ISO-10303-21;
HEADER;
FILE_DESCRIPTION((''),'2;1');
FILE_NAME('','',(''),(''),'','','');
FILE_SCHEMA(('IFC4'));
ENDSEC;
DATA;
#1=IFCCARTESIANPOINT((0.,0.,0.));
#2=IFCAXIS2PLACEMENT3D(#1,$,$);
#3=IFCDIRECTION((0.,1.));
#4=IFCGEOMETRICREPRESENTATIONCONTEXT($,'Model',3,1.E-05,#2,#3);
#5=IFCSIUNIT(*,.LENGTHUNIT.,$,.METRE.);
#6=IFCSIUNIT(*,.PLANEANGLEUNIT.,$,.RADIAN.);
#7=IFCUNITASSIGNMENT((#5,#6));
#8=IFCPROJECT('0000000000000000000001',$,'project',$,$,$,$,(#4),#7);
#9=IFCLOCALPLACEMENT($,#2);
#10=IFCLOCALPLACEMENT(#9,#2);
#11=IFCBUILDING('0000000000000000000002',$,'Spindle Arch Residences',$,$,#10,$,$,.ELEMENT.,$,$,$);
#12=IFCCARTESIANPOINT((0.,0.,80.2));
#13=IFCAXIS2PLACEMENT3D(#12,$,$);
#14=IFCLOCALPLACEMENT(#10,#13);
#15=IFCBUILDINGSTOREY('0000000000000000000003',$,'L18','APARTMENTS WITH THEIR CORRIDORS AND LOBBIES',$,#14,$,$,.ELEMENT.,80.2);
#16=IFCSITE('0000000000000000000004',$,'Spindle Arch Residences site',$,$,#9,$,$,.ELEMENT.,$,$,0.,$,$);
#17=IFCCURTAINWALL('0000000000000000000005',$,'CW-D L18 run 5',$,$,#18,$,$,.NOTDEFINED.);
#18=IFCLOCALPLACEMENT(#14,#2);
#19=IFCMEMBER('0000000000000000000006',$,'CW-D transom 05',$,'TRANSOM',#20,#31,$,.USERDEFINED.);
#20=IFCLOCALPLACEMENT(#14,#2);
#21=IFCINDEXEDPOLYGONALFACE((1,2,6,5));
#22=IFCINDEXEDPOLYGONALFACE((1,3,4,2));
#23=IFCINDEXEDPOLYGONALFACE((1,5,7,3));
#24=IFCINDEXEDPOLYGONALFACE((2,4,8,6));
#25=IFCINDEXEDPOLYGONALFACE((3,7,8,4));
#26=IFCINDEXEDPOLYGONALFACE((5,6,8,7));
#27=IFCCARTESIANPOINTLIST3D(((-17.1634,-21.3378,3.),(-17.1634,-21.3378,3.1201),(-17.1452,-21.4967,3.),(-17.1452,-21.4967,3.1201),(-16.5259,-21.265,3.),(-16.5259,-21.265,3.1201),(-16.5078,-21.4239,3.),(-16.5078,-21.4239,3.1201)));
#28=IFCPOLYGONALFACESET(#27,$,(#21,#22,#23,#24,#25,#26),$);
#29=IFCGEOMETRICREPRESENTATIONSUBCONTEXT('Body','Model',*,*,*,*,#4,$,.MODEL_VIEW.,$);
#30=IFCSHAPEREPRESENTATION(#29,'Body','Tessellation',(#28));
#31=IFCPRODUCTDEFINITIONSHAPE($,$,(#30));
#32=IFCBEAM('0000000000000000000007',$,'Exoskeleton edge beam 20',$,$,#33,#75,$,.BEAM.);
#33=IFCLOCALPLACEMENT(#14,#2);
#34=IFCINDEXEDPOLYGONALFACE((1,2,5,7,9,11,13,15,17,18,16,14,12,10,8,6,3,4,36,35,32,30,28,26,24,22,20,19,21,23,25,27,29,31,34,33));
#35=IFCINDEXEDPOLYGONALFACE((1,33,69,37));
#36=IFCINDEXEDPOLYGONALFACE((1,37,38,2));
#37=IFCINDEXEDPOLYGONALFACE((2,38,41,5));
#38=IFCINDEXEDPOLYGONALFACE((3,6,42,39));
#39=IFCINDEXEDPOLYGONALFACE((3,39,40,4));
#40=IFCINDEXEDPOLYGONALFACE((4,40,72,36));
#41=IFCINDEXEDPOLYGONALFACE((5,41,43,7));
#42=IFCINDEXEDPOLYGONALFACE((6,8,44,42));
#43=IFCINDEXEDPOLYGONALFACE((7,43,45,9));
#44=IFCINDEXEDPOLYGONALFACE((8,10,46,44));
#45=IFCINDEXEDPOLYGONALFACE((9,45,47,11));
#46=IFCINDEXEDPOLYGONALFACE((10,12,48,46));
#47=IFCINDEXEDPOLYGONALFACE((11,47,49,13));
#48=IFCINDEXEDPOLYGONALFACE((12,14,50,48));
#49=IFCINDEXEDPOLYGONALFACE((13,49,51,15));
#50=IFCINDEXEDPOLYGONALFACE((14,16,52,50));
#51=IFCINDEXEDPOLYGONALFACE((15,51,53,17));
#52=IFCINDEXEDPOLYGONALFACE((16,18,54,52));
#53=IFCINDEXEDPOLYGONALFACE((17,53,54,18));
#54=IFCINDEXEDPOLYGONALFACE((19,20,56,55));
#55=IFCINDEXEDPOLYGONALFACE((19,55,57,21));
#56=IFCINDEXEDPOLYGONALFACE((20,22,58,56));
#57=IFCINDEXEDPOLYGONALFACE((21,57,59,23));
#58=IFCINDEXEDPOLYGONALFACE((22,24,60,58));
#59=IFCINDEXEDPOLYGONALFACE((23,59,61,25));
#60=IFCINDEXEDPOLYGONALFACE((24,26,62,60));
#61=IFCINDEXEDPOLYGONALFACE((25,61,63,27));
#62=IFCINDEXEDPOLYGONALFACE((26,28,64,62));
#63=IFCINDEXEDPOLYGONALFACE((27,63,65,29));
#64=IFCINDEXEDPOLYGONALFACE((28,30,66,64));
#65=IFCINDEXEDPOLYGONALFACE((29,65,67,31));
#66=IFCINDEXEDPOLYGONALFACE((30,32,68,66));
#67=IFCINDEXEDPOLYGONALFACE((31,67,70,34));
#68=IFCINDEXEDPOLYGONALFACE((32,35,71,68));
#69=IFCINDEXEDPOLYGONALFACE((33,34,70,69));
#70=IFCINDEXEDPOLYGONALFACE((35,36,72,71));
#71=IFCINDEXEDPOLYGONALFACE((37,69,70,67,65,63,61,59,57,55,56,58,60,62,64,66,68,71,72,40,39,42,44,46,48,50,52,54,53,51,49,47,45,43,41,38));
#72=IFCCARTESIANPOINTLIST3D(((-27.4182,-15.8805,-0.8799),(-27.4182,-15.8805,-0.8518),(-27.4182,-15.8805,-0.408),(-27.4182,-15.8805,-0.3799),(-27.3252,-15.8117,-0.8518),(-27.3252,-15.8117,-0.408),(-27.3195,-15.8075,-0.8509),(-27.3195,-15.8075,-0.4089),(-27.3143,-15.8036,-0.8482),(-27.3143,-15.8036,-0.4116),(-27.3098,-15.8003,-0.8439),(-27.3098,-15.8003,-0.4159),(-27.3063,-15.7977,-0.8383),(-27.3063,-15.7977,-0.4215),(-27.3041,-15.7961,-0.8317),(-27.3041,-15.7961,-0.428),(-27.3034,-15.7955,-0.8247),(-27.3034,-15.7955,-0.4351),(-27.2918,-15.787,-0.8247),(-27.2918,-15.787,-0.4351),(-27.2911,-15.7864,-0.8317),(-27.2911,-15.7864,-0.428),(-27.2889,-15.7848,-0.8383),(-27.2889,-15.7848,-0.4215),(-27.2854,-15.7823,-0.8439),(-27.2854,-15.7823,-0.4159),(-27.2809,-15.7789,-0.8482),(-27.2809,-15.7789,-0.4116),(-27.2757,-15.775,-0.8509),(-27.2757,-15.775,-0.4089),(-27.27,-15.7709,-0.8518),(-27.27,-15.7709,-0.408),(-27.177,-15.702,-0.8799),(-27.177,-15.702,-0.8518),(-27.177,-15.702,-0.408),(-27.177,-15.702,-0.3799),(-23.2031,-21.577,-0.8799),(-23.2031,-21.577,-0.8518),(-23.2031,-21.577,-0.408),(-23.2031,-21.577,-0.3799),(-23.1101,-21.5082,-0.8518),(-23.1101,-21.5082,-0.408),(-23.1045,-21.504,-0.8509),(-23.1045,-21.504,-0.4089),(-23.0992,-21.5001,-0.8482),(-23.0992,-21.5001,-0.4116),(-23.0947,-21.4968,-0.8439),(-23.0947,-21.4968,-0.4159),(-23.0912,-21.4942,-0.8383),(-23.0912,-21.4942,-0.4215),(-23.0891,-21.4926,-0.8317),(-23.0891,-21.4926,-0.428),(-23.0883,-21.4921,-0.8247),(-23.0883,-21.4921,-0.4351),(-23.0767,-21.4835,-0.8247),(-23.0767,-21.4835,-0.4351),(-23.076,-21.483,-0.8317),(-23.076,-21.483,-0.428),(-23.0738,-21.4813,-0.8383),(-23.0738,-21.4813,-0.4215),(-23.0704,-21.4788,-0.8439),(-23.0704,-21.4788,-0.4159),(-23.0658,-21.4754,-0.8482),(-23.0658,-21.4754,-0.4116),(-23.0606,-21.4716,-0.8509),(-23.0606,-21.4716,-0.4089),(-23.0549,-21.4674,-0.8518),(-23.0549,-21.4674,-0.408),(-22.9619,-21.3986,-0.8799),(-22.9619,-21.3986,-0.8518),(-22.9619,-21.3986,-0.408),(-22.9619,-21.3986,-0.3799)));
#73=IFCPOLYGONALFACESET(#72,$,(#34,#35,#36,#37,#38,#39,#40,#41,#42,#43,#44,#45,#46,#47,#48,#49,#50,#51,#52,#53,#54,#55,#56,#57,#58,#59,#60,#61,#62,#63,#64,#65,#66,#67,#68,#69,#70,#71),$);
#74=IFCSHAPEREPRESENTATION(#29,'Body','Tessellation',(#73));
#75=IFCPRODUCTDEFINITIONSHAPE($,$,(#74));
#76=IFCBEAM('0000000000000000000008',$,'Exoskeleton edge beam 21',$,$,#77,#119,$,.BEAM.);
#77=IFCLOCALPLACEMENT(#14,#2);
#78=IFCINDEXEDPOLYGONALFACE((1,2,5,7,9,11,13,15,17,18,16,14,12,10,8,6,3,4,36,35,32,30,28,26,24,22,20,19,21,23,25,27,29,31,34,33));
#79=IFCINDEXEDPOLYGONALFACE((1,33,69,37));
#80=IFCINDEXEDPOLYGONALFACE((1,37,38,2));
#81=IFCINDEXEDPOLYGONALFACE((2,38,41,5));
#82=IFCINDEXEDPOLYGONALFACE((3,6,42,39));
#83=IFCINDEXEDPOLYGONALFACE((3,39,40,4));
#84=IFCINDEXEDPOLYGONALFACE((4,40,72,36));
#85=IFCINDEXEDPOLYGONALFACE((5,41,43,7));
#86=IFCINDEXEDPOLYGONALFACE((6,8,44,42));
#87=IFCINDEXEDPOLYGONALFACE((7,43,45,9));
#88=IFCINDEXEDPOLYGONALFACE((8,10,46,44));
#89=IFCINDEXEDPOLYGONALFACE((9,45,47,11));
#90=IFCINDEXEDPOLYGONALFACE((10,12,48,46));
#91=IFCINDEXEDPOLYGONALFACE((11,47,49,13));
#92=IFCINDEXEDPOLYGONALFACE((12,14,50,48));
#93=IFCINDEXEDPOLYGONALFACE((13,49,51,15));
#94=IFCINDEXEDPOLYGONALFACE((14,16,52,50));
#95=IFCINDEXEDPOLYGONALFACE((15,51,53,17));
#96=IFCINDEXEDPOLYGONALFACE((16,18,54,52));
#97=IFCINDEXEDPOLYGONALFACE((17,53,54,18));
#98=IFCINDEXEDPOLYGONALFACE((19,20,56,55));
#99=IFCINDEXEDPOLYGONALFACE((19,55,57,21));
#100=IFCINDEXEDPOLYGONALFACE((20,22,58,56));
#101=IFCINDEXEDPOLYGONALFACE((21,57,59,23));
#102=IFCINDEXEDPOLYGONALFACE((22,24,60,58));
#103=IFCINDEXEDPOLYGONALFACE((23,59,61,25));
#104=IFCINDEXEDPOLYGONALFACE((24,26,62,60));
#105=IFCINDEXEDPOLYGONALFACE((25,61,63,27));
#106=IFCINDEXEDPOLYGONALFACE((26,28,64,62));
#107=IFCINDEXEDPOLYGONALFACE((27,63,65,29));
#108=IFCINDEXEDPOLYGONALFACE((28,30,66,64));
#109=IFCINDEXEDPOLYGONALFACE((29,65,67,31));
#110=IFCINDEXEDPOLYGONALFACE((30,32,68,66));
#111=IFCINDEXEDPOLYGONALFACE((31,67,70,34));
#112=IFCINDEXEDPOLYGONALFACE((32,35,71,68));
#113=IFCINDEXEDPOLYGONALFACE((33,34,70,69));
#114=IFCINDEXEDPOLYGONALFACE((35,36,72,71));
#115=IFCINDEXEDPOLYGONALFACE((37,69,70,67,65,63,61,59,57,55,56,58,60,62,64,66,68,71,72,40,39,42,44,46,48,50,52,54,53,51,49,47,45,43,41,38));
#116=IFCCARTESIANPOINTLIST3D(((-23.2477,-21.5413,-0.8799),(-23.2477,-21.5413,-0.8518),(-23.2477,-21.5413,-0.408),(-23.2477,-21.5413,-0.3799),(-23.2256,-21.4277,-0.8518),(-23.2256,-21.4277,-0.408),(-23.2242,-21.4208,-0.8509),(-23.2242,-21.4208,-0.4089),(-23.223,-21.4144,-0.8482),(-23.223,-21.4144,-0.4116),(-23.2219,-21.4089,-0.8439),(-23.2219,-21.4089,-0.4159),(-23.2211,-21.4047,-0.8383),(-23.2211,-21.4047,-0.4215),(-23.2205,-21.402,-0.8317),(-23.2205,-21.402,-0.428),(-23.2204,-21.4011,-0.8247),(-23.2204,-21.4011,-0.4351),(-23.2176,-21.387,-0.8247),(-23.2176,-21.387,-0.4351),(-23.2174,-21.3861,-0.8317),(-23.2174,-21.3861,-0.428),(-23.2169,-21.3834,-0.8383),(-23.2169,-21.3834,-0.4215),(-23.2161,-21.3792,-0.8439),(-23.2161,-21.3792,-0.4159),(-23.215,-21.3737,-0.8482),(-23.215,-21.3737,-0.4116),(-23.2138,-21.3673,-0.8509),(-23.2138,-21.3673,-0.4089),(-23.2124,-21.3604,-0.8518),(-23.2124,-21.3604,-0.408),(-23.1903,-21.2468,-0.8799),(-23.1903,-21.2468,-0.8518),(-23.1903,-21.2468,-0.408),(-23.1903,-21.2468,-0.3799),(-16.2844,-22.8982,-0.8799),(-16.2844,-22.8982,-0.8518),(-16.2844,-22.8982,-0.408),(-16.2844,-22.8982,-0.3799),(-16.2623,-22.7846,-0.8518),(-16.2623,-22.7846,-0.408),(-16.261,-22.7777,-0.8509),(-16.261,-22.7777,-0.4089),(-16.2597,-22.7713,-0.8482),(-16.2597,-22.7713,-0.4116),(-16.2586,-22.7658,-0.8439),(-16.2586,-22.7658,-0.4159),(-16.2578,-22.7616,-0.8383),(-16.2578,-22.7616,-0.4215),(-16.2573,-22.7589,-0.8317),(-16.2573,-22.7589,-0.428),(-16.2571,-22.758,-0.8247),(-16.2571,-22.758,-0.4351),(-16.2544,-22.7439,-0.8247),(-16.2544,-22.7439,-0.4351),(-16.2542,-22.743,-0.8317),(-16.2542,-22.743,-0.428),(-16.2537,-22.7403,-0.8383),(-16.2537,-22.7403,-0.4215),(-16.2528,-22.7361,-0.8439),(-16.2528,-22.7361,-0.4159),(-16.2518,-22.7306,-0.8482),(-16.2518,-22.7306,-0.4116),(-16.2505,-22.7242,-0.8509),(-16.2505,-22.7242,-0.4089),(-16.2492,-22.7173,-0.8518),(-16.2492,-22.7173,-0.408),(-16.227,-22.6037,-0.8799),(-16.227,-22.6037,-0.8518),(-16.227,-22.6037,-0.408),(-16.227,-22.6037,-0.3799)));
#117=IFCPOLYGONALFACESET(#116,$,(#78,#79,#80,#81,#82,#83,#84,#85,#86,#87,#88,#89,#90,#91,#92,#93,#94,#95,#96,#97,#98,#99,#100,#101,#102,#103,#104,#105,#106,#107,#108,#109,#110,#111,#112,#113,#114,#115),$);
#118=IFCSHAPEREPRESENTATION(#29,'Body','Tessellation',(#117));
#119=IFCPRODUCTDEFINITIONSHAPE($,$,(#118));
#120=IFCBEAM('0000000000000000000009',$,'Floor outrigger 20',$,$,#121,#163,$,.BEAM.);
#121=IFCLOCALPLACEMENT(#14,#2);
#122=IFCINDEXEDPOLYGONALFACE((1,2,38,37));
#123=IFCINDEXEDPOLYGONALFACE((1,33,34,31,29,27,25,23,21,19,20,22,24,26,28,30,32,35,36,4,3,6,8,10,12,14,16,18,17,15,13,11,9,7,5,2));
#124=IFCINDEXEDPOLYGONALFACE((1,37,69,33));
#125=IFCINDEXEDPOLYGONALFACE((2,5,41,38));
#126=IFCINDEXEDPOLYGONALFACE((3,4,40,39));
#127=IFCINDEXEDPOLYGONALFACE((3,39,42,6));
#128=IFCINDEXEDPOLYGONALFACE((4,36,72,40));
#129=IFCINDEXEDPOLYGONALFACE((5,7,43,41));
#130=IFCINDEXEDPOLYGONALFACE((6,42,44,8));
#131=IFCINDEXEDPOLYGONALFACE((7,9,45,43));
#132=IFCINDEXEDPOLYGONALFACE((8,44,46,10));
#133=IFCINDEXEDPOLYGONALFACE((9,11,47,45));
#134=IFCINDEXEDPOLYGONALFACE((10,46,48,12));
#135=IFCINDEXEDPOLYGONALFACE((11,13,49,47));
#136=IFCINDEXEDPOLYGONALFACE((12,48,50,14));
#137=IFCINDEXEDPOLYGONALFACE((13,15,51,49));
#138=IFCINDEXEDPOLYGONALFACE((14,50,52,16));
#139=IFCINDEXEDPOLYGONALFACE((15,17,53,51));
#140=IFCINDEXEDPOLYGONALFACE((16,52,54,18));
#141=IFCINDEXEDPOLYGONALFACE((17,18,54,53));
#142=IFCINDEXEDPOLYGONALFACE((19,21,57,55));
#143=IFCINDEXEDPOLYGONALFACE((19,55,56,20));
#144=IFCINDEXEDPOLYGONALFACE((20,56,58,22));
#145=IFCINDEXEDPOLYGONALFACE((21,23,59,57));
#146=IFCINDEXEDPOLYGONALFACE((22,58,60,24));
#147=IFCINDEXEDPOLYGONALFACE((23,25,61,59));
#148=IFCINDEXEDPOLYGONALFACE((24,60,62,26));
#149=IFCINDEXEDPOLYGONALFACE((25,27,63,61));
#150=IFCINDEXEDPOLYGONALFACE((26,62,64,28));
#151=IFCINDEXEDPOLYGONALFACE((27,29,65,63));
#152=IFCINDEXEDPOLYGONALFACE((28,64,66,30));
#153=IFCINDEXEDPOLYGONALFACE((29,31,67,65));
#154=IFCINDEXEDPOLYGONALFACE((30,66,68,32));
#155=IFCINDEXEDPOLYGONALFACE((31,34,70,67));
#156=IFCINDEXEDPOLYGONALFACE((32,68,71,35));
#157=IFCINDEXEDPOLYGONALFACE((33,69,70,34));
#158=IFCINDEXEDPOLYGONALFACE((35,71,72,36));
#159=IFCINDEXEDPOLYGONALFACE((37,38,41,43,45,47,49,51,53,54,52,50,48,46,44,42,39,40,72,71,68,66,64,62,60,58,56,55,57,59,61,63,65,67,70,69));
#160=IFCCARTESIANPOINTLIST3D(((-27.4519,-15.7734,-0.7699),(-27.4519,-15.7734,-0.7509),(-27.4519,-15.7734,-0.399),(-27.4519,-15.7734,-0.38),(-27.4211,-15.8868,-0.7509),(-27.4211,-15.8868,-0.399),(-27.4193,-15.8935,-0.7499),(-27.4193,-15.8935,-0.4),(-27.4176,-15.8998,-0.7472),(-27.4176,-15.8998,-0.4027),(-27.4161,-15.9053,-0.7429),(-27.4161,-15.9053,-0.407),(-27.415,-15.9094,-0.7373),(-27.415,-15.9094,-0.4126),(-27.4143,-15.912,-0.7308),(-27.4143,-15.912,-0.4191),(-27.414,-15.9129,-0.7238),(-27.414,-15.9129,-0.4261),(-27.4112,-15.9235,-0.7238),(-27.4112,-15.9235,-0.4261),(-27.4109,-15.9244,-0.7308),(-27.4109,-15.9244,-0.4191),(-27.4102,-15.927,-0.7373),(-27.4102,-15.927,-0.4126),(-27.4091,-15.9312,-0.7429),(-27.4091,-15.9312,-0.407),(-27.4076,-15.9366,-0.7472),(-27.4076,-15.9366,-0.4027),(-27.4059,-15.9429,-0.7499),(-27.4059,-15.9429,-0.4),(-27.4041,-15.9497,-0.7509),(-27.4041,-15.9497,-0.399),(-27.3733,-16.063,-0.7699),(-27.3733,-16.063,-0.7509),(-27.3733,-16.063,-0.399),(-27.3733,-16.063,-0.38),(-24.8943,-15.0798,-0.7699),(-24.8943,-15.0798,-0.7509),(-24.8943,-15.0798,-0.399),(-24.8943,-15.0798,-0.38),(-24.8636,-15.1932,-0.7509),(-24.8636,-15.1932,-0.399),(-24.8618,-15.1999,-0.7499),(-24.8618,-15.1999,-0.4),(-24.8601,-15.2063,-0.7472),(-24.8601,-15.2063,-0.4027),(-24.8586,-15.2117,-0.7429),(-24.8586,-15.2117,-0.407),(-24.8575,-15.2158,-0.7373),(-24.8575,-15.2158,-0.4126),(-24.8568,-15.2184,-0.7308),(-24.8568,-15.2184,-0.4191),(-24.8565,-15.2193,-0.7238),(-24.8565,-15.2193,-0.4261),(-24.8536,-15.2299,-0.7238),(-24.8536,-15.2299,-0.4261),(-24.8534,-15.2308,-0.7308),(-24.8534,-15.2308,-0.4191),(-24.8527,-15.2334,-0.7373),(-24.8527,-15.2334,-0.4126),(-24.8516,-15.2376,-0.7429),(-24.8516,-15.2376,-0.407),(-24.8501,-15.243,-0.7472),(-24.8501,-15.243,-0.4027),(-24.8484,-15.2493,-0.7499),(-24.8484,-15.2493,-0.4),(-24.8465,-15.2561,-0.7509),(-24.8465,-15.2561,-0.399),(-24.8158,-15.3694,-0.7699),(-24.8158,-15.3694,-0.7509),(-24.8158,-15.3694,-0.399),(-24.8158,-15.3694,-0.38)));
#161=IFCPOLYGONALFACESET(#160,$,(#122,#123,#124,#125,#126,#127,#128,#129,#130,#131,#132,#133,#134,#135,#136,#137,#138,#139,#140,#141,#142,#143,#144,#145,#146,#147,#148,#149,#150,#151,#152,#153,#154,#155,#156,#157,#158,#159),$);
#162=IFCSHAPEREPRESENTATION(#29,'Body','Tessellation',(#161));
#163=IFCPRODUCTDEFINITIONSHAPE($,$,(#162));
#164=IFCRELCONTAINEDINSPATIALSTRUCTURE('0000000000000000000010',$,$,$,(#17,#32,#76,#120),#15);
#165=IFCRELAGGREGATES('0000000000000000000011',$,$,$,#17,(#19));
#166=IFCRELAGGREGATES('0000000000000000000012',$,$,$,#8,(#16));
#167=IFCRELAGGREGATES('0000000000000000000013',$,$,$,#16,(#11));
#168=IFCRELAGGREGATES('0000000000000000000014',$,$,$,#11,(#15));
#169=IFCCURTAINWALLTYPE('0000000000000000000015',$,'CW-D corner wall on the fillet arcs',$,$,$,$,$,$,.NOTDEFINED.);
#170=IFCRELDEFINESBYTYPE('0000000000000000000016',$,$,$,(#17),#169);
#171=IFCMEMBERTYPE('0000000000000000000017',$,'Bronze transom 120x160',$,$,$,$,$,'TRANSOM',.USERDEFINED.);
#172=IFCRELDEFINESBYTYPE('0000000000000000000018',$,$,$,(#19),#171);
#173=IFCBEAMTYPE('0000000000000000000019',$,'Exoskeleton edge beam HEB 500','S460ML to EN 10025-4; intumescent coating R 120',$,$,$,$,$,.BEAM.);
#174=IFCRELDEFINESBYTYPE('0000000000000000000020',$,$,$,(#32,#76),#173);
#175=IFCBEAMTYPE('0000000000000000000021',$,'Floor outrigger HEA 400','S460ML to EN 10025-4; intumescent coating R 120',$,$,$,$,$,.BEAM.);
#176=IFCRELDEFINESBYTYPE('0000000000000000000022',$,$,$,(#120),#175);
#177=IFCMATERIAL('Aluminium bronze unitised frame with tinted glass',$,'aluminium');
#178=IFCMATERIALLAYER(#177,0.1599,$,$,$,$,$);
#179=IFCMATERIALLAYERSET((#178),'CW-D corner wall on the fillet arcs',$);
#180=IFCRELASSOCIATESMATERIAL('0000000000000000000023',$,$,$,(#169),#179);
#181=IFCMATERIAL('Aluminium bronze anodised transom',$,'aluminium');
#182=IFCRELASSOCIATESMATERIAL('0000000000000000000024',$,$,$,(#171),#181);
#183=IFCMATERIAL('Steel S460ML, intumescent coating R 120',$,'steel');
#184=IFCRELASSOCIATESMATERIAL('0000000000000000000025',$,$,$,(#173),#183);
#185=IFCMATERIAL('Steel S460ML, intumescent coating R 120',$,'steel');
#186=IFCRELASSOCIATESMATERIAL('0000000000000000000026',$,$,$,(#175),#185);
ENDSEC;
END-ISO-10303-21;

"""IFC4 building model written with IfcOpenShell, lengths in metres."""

from ifc_helpers import new_model, si_unit, direction, frame, origin, origin_2d, place, context, subcontext, project, spatial, rectangle, i_section, extrude, material, layer, layer_set, material_profile, profile_set, type_object, element, aggregate, save


model = new_model("IFC4")

# Units and contexts
model_context = context("Model", 3, precision=1e-05, world=origin(), true_north=direction((0.0, 1.0)))
body_context = subcontext(model_context, "Body", "Model", "MODEL_VIEW")
ifc_project = project(units=[si_unit("LENGTHUNIT", "METRE"), si_unit("PLANEANGLEUNIT", "RADIAN")], contexts=[model_context])

# Site, building, storey
site_placement = place(None, origin())
site = spatial("IfcSite", under=ifc_project, at=site_placement, Name="Spindle Arch Residences site", CompositionType="ELEMENT", RefElevation=0.0)
building_placement = place(site_placement, origin())
building = spatial("IfcBuilding", under=site, at=building_placement, Name="Spindle Arch Residences", CompositionType="ELEMENT")
storey_placement = place(building_placement, frame((0.0, 0.0, 80.2)))
storey = spatial("IfcBuildingStorey", under=building, at=storey_placement, Name="L18", Description="APARTMENTS WITH THEIR CORRIDORS AND LOBBIES", CompositionType="ELEMENT", Elevation=80.2)

# Curtain wall, member
ifc_material_1 = material(Name="Aluminium bronze unitised frame with tinted glass", Category="aluminium")
ifc_layer_1 = layer(ifc_material_1, 0.1599)
ifc_layer_set_1 = layer_set([ifc_layer_1], Name="CW-D corner wall on the fillet arcs")
curtain_wall_type = type_object("IfcCurtainWallType", Name="CW-D corner wall on the fillet arcs", PredefinedType="NOTDEFINED", material=ifc_layer_set_1)
curtain_wall_placement = place(storey_placement, origin())
curtain_wall = element("IfcCurtainWall", 1, at=curtain_wall_placement, inside=storey, type_object=curtain_wall_type, Name="CW-D L18 run 5", PredefinedType="NOTDEFINED")
ifc_material_2 = material(Name="Aluminium bronze anodised transom", Category="aluminium")
ifc_material_profile_1 = material_profile(ifc_material_2, rectangle(XDim=0.1599, YDim=0.1201, at=origin_2d()), Name="TR 120x160")
ifc_profile_set_1 = profile_set([ifc_material_profile_1], Name="Aluminium bronze anodised transom")
member_type_1 = type_object("IfcMemberType", Name="Bronze transom 120x160", ElementType="TRANSOM", PredefinedType="USERDEFINED", material=ifc_profile_set_1)
member_1_placement = place(storey_placement, frame((-17.1543, -21.4172, 3.0601), z_axis=(0.99355, 0.113396, 0.0), x_axis=(-0.113396, 0.99355, 0.0)))
member_1 = element("IfcMember", 2, at=member_1_placement, type_object=member_type_1, Name="CW-D transom 05", ObjectType="TRANSOM", PredefinedType="USERDEFINED", context=body_context, shape_type="SweptSolid", body=[
    extrude(rectangle(XDim=0.1599, YDim=0.1201, at=origin_2d()), origin(), (0.0, 0.0, 1.0), 0.6416),
])

# Beams
ifc_material_3 = material(Name="Steel S460ML, intumescent coating R 120", Category="steel")
ifc_material_profile_2 = material_profile(ifc_material_3, i_section(OverallWidth=0.3, OverallDepth=0.5, WebThickness=0.0144, FlangeThickness=0.0281, FilletRadius=0.0271, at=origin_2d()), Name="HEB 500")
ifc_profile_set_2 = profile_set([ifc_material_profile_2], Name="Steel S460ML, intumescent coating R 120")
beam_type_1 = type_object("IfcBeamType", Name="Exoskeleton edge beam HEB 500", Description="S460ML to EN 10025-4; intumescent coating R 120", PredefinedType="BEAM", material=ifc_profile_set_2)
beam_1_placement = place(storey_placement, frame((-27.2976, -15.7913, -0.6299), z_axis=(0.594811, -0.803865, 0.0), x_axis=(0.803865, 0.594811, 0.0)))
element("IfcBeam", 3, at=beam_1_placement, inside=storey, type_object=beam_type_1, Name="Exoskeleton edge beam 20", PredefinedType="BEAM", context=body_context, shape_type="SweptSolid", body=[
    extrude(i_section(OverallWidth=0.3, OverallDepth=0.5, WebThickness=0.0144, FlangeThickness=0.0281, FilletRadius=0.0271, at=origin_2d()), origin(), (0.0, 0.0, 1.0), 7.0864),
])
beam_2_placement = place(storey_placement, frame((-23.219, -21.394, -0.6299), z_axis=(0.981538, -0.191269, 0.0), x_axis=(0.191269, 0.981538, 0.0)))
element("IfcBeam", 4, at=beam_2_placement, inside=storey, type_object=beam_type_1, Name="Exoskeleton edge beam 21", PredefinedType="BEAM", context=body_context, shape_type="SweptSolid", body=[
    extrude(i_section(OverallWidth=0.3, OverallDepth=0.5, WebThickness=0.0144, FlangeThickness=0.0281, FilletRadius=0.0271, at=origin_2d()), origin(), (0.0, 0.0, 1.0), 7.0942),
])
ifc_material_4 = material(Name="Steel S460ML, intumescent coating R 120", Category="steel")
ifc_material_profile_3 = material_profile(ifc_material_4, i_section(OverallWidth=0.3, OverallDepth=0.3899, WebThickness=0.011, FlangeThickness=0.019, FilletRadius=0.0271, at=origin_2d()), Name="HEA 400")
ifc_profile_set_3 = profile_set([ifc_material_profile_3], Name="Steel S460ML, intumescent coating R 120")
beam_type_2 = type_object("IfcBeamType", Name="Floor outrigger HEA 400", Description="S460ML to EN 10025-4; intumescent coating R 120", PredefinedType="BEAM", material=ifc_profile_set_3)
for number, where, z_axis, x_axis, name in (
    (5, (-27.4126, -15.9182, -0.575), (0.965139, 0.261737, 0.0), (-0.261737, 0.965139, 0.0), "Floor outrigger 20"),
):
    element("IfcBeam", number, at=place(storey_placement, frame(where, z_axis=z_axis, x_axis=x_axis)), inside=storey, type_object=beam_type_2, Name=name, PredefinedType="BEAM", context=body_context, shape_type="SweptSolid", body=[
        extrude(i_section(OverallWidth=0.3, OverallDepth=0.3899, WebThickness=0.011, FlangeThickness=0.019, FilletRadius=0.0271, at=origin_2d()), origin(), (0.0, 0.0, 1.0), 2.6499),
    ])

aggregate(curtain_wall, [member_1])

save(model, "model.ifc")
